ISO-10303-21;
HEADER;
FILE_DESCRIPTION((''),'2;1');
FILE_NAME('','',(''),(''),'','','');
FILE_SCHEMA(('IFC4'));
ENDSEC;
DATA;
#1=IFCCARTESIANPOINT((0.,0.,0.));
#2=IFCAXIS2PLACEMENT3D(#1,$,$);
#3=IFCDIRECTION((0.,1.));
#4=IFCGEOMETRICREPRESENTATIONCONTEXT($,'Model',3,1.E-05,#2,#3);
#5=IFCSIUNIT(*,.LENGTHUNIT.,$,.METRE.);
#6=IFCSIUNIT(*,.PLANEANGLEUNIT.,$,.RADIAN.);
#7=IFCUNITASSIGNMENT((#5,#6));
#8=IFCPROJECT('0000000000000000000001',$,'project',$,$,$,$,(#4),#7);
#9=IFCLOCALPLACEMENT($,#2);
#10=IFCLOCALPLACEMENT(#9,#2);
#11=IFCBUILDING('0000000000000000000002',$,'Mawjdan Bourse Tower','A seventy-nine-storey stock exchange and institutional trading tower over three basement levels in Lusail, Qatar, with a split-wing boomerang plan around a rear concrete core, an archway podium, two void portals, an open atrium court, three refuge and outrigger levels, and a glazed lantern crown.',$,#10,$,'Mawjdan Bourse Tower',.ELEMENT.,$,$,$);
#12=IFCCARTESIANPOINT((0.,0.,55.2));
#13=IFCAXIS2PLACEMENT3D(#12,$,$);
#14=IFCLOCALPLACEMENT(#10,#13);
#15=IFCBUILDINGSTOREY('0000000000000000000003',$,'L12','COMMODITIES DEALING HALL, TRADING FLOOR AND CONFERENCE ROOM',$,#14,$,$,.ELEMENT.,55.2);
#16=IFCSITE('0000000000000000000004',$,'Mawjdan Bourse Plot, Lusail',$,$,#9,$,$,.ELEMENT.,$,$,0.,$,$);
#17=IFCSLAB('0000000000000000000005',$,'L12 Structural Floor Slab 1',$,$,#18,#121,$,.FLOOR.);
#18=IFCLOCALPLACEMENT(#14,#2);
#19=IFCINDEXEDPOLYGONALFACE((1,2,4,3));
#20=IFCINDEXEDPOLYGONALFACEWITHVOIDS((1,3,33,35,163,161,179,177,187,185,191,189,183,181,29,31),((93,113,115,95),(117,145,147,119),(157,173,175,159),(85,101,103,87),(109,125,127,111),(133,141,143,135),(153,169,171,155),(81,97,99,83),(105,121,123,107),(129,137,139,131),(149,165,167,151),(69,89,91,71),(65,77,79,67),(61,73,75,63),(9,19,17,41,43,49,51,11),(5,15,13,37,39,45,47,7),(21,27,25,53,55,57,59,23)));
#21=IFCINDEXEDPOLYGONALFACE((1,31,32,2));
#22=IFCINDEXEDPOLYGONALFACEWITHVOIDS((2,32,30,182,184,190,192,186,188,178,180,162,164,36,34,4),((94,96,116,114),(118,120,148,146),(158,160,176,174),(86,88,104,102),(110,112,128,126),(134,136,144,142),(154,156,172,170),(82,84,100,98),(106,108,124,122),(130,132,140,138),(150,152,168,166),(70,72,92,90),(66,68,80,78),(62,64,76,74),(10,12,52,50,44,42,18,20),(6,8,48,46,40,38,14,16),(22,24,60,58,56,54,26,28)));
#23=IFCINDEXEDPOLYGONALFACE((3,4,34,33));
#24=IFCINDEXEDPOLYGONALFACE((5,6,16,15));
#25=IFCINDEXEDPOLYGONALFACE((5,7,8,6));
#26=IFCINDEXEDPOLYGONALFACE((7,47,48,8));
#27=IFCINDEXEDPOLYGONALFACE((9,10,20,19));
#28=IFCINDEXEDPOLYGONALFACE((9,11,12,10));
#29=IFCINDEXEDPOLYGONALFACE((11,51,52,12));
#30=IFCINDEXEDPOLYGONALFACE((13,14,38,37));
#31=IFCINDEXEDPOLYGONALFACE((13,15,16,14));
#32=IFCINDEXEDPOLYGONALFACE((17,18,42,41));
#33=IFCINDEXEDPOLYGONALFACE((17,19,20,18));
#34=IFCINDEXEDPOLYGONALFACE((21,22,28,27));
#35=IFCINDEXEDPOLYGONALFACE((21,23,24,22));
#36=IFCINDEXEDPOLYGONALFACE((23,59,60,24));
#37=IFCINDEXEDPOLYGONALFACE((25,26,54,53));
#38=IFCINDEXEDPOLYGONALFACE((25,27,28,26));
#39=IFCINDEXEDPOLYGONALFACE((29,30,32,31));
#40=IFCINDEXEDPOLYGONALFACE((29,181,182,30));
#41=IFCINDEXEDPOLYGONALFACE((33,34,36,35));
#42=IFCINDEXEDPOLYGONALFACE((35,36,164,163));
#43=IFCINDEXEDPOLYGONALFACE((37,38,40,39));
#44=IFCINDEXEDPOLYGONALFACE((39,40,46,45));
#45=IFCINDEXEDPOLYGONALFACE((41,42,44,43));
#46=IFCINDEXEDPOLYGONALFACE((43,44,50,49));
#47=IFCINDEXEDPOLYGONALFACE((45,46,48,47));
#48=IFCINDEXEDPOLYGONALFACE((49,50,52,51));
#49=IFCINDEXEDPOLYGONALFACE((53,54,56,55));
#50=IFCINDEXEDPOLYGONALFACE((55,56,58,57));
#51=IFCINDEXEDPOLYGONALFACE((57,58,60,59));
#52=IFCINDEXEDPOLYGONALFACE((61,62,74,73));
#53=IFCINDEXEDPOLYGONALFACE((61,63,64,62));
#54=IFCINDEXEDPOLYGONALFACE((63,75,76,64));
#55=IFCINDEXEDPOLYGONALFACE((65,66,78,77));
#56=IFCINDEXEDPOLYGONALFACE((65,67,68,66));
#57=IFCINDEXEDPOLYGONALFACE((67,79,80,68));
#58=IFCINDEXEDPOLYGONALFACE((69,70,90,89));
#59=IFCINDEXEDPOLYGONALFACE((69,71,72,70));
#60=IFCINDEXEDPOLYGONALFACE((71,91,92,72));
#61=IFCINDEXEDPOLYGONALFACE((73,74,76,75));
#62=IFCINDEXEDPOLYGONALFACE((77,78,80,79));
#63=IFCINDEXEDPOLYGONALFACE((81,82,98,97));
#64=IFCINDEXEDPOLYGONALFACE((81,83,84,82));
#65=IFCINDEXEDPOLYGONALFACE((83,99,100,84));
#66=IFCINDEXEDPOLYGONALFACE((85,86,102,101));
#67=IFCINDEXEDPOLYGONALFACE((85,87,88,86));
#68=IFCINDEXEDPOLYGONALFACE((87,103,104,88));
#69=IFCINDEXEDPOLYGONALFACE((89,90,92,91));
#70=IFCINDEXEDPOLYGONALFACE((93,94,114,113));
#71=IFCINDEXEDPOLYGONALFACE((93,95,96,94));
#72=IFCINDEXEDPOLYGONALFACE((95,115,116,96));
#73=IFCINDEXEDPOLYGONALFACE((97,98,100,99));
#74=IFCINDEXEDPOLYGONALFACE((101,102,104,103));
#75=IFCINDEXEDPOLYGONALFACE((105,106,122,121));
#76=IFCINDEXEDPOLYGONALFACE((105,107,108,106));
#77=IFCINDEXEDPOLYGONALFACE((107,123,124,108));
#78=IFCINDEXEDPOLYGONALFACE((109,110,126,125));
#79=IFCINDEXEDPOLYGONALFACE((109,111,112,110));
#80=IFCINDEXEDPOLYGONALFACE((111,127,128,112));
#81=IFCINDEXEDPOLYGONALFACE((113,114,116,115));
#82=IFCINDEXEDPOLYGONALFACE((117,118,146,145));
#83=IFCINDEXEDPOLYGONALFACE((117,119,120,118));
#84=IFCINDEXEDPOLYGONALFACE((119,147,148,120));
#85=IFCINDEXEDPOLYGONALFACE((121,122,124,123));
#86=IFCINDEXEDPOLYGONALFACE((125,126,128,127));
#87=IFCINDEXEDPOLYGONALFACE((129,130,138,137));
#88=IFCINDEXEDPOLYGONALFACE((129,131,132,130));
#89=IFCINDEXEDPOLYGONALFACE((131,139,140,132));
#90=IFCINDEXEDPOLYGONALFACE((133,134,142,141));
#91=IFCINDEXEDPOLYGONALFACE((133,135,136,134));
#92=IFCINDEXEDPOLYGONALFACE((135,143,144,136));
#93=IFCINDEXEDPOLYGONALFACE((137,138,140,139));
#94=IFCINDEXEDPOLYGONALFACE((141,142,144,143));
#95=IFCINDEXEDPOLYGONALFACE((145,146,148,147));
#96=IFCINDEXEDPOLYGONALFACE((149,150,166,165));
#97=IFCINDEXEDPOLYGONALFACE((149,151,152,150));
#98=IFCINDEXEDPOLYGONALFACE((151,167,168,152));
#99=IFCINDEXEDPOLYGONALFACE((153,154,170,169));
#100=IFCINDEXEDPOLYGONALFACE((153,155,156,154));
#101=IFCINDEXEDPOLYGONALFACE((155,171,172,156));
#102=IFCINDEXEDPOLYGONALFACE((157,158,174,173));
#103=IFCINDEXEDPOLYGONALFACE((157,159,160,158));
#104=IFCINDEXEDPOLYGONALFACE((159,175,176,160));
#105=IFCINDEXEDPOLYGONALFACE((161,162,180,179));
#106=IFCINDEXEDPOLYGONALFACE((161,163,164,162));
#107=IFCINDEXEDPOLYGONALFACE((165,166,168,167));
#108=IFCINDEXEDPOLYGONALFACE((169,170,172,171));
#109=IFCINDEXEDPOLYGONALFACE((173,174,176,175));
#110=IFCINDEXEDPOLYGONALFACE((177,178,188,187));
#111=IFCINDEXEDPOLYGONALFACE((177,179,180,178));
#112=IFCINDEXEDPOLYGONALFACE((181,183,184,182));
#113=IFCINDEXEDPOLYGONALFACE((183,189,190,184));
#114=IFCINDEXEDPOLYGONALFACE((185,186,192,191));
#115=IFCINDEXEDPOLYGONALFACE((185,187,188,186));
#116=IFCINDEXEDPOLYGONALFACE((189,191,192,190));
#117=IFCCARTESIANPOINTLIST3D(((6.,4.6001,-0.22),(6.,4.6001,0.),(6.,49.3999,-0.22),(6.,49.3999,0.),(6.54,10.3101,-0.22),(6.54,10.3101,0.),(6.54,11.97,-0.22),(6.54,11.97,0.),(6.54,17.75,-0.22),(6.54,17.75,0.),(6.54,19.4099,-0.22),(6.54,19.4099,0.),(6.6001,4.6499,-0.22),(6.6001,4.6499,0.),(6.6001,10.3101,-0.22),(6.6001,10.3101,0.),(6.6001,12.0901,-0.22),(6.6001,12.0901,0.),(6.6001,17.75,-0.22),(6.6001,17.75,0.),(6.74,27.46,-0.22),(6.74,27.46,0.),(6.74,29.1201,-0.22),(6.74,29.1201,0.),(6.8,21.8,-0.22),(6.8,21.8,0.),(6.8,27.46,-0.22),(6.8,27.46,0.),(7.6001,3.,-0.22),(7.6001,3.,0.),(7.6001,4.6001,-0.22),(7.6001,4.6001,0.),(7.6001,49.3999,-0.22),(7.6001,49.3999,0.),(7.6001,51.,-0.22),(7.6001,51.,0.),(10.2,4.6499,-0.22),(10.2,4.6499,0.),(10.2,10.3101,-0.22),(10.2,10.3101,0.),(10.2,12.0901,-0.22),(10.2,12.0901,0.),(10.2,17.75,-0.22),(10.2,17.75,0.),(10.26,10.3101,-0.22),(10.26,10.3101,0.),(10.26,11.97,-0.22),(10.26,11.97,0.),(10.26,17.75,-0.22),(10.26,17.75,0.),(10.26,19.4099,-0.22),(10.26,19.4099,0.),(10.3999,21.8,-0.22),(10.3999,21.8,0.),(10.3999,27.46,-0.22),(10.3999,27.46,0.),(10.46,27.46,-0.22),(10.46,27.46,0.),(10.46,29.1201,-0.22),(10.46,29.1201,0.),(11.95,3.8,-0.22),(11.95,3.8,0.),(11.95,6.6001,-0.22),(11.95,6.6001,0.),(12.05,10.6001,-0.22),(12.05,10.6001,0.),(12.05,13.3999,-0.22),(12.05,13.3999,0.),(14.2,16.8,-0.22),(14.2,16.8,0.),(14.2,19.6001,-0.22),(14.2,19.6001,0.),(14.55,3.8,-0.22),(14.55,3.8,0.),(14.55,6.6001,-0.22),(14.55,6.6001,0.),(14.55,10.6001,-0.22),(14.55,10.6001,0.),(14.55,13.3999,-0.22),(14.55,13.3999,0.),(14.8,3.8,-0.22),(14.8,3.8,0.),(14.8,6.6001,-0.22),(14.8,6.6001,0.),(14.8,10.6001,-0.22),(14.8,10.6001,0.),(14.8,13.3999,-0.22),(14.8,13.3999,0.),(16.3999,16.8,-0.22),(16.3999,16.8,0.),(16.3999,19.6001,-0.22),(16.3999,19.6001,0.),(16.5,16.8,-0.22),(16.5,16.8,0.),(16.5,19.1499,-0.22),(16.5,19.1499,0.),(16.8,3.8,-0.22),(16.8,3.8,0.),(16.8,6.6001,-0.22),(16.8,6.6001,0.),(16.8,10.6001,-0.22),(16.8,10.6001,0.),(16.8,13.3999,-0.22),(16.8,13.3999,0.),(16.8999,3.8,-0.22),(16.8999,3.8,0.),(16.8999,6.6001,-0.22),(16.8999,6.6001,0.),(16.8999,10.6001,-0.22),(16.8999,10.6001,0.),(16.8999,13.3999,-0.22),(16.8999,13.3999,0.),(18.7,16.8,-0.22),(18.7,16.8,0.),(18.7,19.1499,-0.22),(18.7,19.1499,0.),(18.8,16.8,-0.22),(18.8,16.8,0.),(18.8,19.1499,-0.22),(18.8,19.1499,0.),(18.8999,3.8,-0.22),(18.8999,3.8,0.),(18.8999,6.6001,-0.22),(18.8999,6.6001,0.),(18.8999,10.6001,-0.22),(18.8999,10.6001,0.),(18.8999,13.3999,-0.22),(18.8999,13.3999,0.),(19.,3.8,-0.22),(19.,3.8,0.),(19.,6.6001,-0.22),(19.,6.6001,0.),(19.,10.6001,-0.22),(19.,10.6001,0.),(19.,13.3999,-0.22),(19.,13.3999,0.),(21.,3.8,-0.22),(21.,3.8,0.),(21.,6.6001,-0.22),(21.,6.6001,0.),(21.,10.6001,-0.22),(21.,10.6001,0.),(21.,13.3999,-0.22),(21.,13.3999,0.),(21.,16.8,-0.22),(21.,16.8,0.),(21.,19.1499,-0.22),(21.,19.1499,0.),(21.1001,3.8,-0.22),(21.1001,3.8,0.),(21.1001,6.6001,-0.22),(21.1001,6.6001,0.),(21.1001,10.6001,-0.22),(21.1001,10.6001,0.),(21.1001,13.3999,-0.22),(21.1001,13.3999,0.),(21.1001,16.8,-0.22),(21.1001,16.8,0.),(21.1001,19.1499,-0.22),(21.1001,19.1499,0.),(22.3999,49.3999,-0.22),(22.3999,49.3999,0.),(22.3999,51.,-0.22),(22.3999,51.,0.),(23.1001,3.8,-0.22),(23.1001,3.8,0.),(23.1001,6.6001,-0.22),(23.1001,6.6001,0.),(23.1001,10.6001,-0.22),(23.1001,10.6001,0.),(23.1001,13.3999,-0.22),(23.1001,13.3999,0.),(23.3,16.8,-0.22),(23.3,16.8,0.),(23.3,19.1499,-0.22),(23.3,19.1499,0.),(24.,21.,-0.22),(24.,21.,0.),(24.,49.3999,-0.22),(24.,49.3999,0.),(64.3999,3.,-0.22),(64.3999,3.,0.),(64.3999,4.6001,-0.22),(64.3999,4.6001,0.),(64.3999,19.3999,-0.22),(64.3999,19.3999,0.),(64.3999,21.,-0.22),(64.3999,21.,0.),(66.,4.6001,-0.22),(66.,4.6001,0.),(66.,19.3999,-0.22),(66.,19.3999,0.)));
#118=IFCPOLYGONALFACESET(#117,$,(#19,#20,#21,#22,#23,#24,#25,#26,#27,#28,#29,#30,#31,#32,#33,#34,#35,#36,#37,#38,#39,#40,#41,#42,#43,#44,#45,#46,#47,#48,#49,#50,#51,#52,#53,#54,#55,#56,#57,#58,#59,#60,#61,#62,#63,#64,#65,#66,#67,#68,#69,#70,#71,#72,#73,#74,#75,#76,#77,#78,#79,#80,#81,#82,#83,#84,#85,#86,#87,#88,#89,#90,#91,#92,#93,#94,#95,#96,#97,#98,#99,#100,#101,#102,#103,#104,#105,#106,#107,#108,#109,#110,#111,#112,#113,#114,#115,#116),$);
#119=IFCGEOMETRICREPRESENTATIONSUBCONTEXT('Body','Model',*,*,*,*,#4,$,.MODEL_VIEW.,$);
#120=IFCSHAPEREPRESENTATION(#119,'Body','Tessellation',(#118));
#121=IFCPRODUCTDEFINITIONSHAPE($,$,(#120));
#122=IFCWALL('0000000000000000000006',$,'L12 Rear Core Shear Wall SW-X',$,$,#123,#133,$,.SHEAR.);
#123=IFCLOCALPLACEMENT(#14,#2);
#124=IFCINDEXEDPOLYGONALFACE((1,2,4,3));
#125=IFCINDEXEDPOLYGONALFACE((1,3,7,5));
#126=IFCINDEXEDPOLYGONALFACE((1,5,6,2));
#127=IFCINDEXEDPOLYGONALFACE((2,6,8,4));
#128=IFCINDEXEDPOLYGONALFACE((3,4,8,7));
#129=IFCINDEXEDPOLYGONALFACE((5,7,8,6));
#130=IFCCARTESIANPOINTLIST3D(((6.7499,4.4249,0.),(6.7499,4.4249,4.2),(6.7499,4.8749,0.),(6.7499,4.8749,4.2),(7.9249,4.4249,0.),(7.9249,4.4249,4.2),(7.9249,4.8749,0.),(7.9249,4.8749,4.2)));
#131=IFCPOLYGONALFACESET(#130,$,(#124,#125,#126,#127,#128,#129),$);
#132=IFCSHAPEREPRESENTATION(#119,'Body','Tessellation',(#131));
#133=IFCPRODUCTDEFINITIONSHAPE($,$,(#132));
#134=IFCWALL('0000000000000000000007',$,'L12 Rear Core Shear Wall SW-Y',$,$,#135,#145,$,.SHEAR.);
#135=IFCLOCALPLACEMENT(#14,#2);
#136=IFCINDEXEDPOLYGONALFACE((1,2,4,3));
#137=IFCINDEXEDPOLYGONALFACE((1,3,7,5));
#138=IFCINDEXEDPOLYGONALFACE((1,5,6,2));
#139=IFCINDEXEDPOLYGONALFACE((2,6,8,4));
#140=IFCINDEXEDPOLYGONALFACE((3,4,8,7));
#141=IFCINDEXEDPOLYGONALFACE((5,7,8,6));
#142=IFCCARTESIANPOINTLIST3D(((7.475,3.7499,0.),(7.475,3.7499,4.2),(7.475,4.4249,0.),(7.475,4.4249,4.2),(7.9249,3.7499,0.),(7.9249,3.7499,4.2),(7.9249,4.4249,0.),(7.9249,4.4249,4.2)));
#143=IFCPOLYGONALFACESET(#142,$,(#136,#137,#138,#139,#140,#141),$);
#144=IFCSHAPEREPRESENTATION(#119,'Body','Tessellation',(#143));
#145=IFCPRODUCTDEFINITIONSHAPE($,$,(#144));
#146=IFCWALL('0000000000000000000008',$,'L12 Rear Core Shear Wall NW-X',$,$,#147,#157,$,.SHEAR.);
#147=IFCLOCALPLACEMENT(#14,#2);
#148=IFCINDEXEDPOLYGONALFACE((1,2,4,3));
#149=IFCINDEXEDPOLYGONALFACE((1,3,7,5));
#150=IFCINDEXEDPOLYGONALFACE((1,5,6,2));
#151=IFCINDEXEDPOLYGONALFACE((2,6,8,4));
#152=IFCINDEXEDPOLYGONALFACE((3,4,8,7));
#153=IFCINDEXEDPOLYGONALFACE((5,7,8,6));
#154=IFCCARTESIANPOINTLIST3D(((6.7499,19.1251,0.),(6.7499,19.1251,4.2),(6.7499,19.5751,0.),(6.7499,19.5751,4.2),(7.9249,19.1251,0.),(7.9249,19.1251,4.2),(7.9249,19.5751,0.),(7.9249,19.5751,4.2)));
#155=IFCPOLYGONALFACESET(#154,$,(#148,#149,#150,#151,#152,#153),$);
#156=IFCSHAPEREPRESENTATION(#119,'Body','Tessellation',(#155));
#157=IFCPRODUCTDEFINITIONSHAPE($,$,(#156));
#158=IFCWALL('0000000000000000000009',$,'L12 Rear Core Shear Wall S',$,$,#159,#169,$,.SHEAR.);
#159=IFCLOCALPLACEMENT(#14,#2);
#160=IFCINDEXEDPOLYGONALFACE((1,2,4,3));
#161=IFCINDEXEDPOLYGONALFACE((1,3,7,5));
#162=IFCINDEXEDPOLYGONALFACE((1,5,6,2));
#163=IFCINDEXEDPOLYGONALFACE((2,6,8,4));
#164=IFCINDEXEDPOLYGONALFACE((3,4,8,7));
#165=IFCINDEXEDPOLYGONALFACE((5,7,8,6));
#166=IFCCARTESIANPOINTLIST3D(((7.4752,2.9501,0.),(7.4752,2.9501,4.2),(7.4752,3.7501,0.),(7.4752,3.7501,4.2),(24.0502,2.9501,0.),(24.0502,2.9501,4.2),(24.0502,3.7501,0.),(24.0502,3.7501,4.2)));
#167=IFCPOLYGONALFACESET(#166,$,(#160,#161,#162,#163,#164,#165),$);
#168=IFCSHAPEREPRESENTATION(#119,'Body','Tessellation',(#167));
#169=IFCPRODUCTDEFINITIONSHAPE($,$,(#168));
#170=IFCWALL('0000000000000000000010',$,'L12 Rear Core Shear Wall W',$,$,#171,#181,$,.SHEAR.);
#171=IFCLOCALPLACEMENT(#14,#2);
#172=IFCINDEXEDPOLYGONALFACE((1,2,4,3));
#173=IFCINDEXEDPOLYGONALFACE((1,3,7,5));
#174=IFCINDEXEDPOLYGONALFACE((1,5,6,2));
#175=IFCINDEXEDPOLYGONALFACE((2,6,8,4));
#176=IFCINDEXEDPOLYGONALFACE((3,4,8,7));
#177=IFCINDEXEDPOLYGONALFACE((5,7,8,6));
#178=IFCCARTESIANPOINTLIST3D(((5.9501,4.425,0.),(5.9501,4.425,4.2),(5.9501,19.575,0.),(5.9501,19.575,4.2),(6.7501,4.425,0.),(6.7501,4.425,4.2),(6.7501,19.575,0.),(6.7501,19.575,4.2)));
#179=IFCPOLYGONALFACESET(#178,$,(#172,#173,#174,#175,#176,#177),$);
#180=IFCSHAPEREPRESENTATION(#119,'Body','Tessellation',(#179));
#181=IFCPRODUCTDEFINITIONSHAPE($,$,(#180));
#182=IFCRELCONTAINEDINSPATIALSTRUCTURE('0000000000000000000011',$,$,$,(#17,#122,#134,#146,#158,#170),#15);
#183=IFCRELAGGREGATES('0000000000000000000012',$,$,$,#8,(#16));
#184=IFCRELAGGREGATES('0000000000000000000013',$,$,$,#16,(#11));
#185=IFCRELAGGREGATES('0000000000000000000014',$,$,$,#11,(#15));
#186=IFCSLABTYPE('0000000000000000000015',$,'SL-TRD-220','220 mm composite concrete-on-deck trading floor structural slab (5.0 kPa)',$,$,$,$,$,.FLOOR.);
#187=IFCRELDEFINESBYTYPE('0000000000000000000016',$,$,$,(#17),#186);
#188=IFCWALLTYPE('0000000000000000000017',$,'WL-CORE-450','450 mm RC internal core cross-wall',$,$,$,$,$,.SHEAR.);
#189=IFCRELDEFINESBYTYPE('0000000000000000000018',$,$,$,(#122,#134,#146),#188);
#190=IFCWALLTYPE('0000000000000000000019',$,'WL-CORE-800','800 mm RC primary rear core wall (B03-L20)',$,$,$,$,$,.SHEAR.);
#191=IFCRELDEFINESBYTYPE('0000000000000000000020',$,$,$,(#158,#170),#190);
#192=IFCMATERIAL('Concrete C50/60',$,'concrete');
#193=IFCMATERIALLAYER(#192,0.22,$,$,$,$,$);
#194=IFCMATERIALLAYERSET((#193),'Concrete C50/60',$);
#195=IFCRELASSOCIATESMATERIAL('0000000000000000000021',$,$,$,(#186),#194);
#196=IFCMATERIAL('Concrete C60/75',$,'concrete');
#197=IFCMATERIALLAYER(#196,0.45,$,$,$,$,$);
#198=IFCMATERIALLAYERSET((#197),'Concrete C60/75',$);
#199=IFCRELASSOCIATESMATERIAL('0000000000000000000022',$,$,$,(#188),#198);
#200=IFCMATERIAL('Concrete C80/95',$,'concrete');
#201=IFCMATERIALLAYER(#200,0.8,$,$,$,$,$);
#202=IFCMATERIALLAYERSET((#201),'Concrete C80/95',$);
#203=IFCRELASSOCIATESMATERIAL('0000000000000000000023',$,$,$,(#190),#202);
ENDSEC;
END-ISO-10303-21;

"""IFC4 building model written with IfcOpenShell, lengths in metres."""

from ifc_helpers import new_model, si_unit, direction, frame, frame_2d, origin, place, context, subcontext, project, spatial, polyline, rectangle, outline, extrude, material, layer, layer_set, type_object, element, save


model = new_model("IFC4")

# Units and contexts
model_context = context("Model", 3, precision=1e-05, world=origin(), true_north=direction((0.0, 1.0)))
body_context = subcontext(model_context, "Body", "Model", "MODEL_VIEW")
ifc_project = project(units=[si_unit("LENGTHUNIT", "METRE"), si_unit("PLANEANGLEUNIT", "RADIAN")], contexts=[model_context])

# Site, building, storey
site_placement = place(None, origin())
site = spatial("IfcSite", under=ifc_project, at=site_placement, Name="Mawjdan Bourse Plot, Lusail", CompositionType="ELEMENT", RefElevation=0.0)
building_placement = place(site_placement, origin())
building = spatial("IfcBuilding", under=site, at=building_placement, Name="Mawjdan Bourse Tower", Description="A seventy-nine-storey stock exchange and institutional trading tower over three basement levels in Lusail, Qatar, with a split-wing boomerang plan around a rear concrete core, an archway podium, two void portals, an open atrium court, three refuge and outrigger levels, and a glazed lantern crown.", LongName="Mawjdan Bourse Tower", CompositionType="ELEMENT")
storey_placement = place(building_placement, frame((0.0, 0.0, 55.2)))
storey = spatial("IfcBuildingStorey", under=building, at=storey_placement, Name="L12", Description="COMMODITIES DEALING HALL, TRADING FLOOR AND CONFERENCE ROOM", CompositionType="ELEMENT", Elevation=55.2)

# Shared definitions
ifc_material_1 = material(Name="Concrete C50/60", Category="concrete")

# Slab
ifc_layer_1 = layer(ifc_material_1, 0.22)
ifc_layer_set_1 = layer_set([ifc_layer_1], Name="Concrete C50/60")
slab_type_1 = type_object("IfcSlabType", Name="SL-TRD-220", Description="220 mm composite concrete-on-deck trading floor structural slab (5.0 kPa)", PredefinedType="FLOOR", material=ifc_layer_set_1)
slab_1_placement = place(storey_placement, frame((0.0, 0.0, -0.22)))
element("IfcSlab", 1, at=slab_1_placement, inside=storey, type_object=slab_type_1, Name="L12 Structural Floor Slab 1", PredefinedType="FLOOR", context=body_context, shape_type="SweptSolid", body=[
    extrude(outline(polyline([(7.6001, 3.0), (64.3999, 3.0), (64.3999, 4.6001), (66.0, 4.6001), (66.0, 19.3999), (64.3999, 19.3999), (64.3999, 21.0), (24.0, 21.0), (24.0, 49.3999), (22.3999, 49.3999), (22.3999, 51.0), (7.6001, 51.0), (7.6001, 49.3999), (6.0, 49.3999), (6.0, 4.6001), (7.6001, 4.6001), (7.6001, 3.0)]), holes=[polyline([(11.95, 3.8), (11.95, 6.6001), (14.55, 6.6001), (14.55, 3.8), (11.95, 3.8)]), polyline([(14.8, 3.8), (14.8, 6.6001), (16.8, 6.6001), (16.8, 3.8), (14.8, 3.8)]), polyline([(10.26, 11.97), (10.26, 10.3101), (10.2, 10.3101), (10.2, 4.6499), (6.6001, 4.6499), (6.6001, 10.3101), (6.54, 10.3101), (6.54, 11.97), (10.26, 11.97)]), polyline([(12.05, 13.3999), (14.55, 13.3999), (14.55, 10.6001), (12.05, 10.6001), (12.05, 13.3999)]), polyline([(6.6001, 17.75), (6.54, 17.75), (6.54, 19.4099), (10.26, 19.4099), (10.26, 17.75), (10.2, 17.75), (10.2, 12.0901), (6.6001, 12.0901), (6.6001, 17.75)]), polyline([(14.2, 16.8), (14.2, 19.6001), (16.3999, 19.6001), (16.3999, 16.8), (14.2, 16.8)]), polyline([(10.46, 27.46), (10.3999, 27.46), (10.3999, 21.8), (6.8, 21.8), (6.8, 27.46), (6.74, 27.46), (6.74, 29.1201), (10.46, 29.1201), (10.46, 27.46)]), polyline([(16.8999, 3.8), (16.8999, 6.6001), (18.8999, 6.6001), (18.8999, 3.8), (16.8999, 3.8)]), polyline([(19.0, 3.8), (19.0, 6.6001), (21.0, 6.6001), (21.0, 3.8), (19.0, 3.8)]), polyline([(21.1001, 3.8), (21.1001, 6.6001), (23.1001, 6.6001), (23.1001, 3.8), (21.1001, 3.8)]), polyline([(14.8, 13.3999), (16.8, 13.3999), (16.8, 10.6001), (14.8, 10.6001), (14.8, 13.3999)]), polyline([(16.8999, 13.3999), (18.8999, 13.3999), (18.8999, 10.6001), (16.8999, 10.6001), (16.8999, 13.3999)]), polyline([(19.0, 10.6001), (19.0, 13.3999), (21.0, 13.3999), (21.0, 10.6001), (19.0, 10.6001)]), polyline([(21.1001, 10.6001), (21.1001, 13.3999), (23.1001, 13.3999), (23.1001, 10.6001), (21.1001, 10.6001)]), polyline([(16.5, 16.8), (16.5, 19.1499), (18.7, 19.1499), (18.7, 16.8), (16.5, 16.8)]), polyline([(18.8, 19.1499), (21.0, 19.1499), (21.0, 16.8), (18.8, 16.8), (18.8, 19.1499)]), polyline([(21.1001, 19.1499), (23.3, 19.1499), (23.3, 16.8), (21.1001, 16.8), (21.1001, 19.1499)])]), origin(), (0.0, 0.0, 1.0), 0.22),
])

# Walls
ifc_material_2 = material(Name="Concrete C60/75", Category="concrete")
ifc_layer_2 = layer(ifc_material_2, 0.45)
ifc_layer_set_2 = layer_set([ifc_layer_2], Name="Concrete C60/75")
wall_type_1 = type_object("IfcWallType", Name="WL-CORE-450", Description="450 mm RC internal core cross-wall", PredefinedType="SHEAR", material=ifc_layer_set_2)
wall_1_placement = place(storey_placement, frame((6.75, 4.6499, 0.0), z_axis=(0.0, 0.0, 1.0), x_axis=(1.0, 0.0, 0.0)))
element("IfcWall", 2, at=wall_1_placement, inside=storey, type_object=wall_type_1, Name="L12 Rear Core Shear Wall SW-X", PredefinedType="SHEAR", context=body_context, shape_type="SweptSolid", body=[
    extrude(rectangle(XDim=1.175, YDim=0.45, at=frame_2d((0.5874, 0.0))), origin(), (0.0, 0.0, 1.0), 4.2),
])
wall_2_placement = place(storey_placement, frame((7.7, 3.75, 0.0), z_axis=(0.0, 0.0, 1.0), x_axis=(0.0, 1.0, 0.0)))
element("IfcWall", 3, at=wall_2_placement, inside=storey, type_object=wall_type_1, Name="L12 Rear Core Shear Wall SW-Y", PredefinedType="SHEAR", context=body_context, shape_type="SweptSolid", body=[
    extrude(rectangle(XDim=0.675, YDim=0.45, at=frame_2d((0.3374, 0.0))), origin(), (0.0, 0.0, 1.0), 4.2),
])
wall_3_placement = place(storey_placement, frame((6.75, 19.3501, 0.0), z_axis=(0.0, 0.0, 1.0), x_axis=(1.0, 0.0, 0.0)))
element("IfcWall", 4, at=wall_3_placement, inside=storey, type_object=wall_type_1, Name="L12 Rear Core Shear Wall NW-X", PredefinedType="SHEAR", context=body_context, shape_type="SweptSolid", body=[
    extrude(rectangle(XDim=1.175, YDim=0.45, at=frame_2d((0.5874, 0.0))), origin(), (0.0, 0.0, 1.0), 4.2),
])
ifc_material_3 = material(Name="Concrete C80/95", Category="concrete")
ifc_layer_3 = layer(ifc_material_3, 0.8)
ifc_layer_set_3 = layer_set([ifc_layer_3], Name="Concrete C80/95")
wall_type_2 = type_object("IfcWallType", Name="WL-CORE-800", Description="800 mm RC primary rear core wall (B03-L20)", PredefinedType="SHEAR", material=ifc_layer_set_3)
wall_4_placement = place(storey_placement, frame((7.4751, 3.3501, 0.0), z_axis=(0.0, 0.0, 1.0), x_axis=(1.0, 0.0, 0.0)))
element("IfcWall", 5, at=wall_4_placement, inside=storey, type_object=wall_type_2, Name="L12 Rear Core Shear Wall S", PredefinedType="SHEAR", context=body_context, shape_type="SweptSolid", body=[
    extrude(rectangle(XDim=16.575, YDim=0.8, at=frame_2d((8.2876, 0.0))), origin(), (0.0, 0.0, 1.0), 4.2),
])
wall_5_placement = place(storey_placement, frame((6.3501, 4.425, 0.0), z_axis=(0.0, 0.0, 1.0), x_axis=(0.0, 1.0, 0.0)))
element("IfcWall", 6, at=wall_5_placement, inside=storey, type_object=wall_type_2, Name="L12 Rear Core Shear Wall W", PredefinedType="SHEAR", context=body_context, shape_type="SweptSolid", body=[
    extrude(rectangle(XDim=15.1499, YDim=0.8, at=frame_2d((7.575, 0.0))), origin(), (0.0, 0.0, 1.0), 4.2),
])

save(model, "model.ifc")
